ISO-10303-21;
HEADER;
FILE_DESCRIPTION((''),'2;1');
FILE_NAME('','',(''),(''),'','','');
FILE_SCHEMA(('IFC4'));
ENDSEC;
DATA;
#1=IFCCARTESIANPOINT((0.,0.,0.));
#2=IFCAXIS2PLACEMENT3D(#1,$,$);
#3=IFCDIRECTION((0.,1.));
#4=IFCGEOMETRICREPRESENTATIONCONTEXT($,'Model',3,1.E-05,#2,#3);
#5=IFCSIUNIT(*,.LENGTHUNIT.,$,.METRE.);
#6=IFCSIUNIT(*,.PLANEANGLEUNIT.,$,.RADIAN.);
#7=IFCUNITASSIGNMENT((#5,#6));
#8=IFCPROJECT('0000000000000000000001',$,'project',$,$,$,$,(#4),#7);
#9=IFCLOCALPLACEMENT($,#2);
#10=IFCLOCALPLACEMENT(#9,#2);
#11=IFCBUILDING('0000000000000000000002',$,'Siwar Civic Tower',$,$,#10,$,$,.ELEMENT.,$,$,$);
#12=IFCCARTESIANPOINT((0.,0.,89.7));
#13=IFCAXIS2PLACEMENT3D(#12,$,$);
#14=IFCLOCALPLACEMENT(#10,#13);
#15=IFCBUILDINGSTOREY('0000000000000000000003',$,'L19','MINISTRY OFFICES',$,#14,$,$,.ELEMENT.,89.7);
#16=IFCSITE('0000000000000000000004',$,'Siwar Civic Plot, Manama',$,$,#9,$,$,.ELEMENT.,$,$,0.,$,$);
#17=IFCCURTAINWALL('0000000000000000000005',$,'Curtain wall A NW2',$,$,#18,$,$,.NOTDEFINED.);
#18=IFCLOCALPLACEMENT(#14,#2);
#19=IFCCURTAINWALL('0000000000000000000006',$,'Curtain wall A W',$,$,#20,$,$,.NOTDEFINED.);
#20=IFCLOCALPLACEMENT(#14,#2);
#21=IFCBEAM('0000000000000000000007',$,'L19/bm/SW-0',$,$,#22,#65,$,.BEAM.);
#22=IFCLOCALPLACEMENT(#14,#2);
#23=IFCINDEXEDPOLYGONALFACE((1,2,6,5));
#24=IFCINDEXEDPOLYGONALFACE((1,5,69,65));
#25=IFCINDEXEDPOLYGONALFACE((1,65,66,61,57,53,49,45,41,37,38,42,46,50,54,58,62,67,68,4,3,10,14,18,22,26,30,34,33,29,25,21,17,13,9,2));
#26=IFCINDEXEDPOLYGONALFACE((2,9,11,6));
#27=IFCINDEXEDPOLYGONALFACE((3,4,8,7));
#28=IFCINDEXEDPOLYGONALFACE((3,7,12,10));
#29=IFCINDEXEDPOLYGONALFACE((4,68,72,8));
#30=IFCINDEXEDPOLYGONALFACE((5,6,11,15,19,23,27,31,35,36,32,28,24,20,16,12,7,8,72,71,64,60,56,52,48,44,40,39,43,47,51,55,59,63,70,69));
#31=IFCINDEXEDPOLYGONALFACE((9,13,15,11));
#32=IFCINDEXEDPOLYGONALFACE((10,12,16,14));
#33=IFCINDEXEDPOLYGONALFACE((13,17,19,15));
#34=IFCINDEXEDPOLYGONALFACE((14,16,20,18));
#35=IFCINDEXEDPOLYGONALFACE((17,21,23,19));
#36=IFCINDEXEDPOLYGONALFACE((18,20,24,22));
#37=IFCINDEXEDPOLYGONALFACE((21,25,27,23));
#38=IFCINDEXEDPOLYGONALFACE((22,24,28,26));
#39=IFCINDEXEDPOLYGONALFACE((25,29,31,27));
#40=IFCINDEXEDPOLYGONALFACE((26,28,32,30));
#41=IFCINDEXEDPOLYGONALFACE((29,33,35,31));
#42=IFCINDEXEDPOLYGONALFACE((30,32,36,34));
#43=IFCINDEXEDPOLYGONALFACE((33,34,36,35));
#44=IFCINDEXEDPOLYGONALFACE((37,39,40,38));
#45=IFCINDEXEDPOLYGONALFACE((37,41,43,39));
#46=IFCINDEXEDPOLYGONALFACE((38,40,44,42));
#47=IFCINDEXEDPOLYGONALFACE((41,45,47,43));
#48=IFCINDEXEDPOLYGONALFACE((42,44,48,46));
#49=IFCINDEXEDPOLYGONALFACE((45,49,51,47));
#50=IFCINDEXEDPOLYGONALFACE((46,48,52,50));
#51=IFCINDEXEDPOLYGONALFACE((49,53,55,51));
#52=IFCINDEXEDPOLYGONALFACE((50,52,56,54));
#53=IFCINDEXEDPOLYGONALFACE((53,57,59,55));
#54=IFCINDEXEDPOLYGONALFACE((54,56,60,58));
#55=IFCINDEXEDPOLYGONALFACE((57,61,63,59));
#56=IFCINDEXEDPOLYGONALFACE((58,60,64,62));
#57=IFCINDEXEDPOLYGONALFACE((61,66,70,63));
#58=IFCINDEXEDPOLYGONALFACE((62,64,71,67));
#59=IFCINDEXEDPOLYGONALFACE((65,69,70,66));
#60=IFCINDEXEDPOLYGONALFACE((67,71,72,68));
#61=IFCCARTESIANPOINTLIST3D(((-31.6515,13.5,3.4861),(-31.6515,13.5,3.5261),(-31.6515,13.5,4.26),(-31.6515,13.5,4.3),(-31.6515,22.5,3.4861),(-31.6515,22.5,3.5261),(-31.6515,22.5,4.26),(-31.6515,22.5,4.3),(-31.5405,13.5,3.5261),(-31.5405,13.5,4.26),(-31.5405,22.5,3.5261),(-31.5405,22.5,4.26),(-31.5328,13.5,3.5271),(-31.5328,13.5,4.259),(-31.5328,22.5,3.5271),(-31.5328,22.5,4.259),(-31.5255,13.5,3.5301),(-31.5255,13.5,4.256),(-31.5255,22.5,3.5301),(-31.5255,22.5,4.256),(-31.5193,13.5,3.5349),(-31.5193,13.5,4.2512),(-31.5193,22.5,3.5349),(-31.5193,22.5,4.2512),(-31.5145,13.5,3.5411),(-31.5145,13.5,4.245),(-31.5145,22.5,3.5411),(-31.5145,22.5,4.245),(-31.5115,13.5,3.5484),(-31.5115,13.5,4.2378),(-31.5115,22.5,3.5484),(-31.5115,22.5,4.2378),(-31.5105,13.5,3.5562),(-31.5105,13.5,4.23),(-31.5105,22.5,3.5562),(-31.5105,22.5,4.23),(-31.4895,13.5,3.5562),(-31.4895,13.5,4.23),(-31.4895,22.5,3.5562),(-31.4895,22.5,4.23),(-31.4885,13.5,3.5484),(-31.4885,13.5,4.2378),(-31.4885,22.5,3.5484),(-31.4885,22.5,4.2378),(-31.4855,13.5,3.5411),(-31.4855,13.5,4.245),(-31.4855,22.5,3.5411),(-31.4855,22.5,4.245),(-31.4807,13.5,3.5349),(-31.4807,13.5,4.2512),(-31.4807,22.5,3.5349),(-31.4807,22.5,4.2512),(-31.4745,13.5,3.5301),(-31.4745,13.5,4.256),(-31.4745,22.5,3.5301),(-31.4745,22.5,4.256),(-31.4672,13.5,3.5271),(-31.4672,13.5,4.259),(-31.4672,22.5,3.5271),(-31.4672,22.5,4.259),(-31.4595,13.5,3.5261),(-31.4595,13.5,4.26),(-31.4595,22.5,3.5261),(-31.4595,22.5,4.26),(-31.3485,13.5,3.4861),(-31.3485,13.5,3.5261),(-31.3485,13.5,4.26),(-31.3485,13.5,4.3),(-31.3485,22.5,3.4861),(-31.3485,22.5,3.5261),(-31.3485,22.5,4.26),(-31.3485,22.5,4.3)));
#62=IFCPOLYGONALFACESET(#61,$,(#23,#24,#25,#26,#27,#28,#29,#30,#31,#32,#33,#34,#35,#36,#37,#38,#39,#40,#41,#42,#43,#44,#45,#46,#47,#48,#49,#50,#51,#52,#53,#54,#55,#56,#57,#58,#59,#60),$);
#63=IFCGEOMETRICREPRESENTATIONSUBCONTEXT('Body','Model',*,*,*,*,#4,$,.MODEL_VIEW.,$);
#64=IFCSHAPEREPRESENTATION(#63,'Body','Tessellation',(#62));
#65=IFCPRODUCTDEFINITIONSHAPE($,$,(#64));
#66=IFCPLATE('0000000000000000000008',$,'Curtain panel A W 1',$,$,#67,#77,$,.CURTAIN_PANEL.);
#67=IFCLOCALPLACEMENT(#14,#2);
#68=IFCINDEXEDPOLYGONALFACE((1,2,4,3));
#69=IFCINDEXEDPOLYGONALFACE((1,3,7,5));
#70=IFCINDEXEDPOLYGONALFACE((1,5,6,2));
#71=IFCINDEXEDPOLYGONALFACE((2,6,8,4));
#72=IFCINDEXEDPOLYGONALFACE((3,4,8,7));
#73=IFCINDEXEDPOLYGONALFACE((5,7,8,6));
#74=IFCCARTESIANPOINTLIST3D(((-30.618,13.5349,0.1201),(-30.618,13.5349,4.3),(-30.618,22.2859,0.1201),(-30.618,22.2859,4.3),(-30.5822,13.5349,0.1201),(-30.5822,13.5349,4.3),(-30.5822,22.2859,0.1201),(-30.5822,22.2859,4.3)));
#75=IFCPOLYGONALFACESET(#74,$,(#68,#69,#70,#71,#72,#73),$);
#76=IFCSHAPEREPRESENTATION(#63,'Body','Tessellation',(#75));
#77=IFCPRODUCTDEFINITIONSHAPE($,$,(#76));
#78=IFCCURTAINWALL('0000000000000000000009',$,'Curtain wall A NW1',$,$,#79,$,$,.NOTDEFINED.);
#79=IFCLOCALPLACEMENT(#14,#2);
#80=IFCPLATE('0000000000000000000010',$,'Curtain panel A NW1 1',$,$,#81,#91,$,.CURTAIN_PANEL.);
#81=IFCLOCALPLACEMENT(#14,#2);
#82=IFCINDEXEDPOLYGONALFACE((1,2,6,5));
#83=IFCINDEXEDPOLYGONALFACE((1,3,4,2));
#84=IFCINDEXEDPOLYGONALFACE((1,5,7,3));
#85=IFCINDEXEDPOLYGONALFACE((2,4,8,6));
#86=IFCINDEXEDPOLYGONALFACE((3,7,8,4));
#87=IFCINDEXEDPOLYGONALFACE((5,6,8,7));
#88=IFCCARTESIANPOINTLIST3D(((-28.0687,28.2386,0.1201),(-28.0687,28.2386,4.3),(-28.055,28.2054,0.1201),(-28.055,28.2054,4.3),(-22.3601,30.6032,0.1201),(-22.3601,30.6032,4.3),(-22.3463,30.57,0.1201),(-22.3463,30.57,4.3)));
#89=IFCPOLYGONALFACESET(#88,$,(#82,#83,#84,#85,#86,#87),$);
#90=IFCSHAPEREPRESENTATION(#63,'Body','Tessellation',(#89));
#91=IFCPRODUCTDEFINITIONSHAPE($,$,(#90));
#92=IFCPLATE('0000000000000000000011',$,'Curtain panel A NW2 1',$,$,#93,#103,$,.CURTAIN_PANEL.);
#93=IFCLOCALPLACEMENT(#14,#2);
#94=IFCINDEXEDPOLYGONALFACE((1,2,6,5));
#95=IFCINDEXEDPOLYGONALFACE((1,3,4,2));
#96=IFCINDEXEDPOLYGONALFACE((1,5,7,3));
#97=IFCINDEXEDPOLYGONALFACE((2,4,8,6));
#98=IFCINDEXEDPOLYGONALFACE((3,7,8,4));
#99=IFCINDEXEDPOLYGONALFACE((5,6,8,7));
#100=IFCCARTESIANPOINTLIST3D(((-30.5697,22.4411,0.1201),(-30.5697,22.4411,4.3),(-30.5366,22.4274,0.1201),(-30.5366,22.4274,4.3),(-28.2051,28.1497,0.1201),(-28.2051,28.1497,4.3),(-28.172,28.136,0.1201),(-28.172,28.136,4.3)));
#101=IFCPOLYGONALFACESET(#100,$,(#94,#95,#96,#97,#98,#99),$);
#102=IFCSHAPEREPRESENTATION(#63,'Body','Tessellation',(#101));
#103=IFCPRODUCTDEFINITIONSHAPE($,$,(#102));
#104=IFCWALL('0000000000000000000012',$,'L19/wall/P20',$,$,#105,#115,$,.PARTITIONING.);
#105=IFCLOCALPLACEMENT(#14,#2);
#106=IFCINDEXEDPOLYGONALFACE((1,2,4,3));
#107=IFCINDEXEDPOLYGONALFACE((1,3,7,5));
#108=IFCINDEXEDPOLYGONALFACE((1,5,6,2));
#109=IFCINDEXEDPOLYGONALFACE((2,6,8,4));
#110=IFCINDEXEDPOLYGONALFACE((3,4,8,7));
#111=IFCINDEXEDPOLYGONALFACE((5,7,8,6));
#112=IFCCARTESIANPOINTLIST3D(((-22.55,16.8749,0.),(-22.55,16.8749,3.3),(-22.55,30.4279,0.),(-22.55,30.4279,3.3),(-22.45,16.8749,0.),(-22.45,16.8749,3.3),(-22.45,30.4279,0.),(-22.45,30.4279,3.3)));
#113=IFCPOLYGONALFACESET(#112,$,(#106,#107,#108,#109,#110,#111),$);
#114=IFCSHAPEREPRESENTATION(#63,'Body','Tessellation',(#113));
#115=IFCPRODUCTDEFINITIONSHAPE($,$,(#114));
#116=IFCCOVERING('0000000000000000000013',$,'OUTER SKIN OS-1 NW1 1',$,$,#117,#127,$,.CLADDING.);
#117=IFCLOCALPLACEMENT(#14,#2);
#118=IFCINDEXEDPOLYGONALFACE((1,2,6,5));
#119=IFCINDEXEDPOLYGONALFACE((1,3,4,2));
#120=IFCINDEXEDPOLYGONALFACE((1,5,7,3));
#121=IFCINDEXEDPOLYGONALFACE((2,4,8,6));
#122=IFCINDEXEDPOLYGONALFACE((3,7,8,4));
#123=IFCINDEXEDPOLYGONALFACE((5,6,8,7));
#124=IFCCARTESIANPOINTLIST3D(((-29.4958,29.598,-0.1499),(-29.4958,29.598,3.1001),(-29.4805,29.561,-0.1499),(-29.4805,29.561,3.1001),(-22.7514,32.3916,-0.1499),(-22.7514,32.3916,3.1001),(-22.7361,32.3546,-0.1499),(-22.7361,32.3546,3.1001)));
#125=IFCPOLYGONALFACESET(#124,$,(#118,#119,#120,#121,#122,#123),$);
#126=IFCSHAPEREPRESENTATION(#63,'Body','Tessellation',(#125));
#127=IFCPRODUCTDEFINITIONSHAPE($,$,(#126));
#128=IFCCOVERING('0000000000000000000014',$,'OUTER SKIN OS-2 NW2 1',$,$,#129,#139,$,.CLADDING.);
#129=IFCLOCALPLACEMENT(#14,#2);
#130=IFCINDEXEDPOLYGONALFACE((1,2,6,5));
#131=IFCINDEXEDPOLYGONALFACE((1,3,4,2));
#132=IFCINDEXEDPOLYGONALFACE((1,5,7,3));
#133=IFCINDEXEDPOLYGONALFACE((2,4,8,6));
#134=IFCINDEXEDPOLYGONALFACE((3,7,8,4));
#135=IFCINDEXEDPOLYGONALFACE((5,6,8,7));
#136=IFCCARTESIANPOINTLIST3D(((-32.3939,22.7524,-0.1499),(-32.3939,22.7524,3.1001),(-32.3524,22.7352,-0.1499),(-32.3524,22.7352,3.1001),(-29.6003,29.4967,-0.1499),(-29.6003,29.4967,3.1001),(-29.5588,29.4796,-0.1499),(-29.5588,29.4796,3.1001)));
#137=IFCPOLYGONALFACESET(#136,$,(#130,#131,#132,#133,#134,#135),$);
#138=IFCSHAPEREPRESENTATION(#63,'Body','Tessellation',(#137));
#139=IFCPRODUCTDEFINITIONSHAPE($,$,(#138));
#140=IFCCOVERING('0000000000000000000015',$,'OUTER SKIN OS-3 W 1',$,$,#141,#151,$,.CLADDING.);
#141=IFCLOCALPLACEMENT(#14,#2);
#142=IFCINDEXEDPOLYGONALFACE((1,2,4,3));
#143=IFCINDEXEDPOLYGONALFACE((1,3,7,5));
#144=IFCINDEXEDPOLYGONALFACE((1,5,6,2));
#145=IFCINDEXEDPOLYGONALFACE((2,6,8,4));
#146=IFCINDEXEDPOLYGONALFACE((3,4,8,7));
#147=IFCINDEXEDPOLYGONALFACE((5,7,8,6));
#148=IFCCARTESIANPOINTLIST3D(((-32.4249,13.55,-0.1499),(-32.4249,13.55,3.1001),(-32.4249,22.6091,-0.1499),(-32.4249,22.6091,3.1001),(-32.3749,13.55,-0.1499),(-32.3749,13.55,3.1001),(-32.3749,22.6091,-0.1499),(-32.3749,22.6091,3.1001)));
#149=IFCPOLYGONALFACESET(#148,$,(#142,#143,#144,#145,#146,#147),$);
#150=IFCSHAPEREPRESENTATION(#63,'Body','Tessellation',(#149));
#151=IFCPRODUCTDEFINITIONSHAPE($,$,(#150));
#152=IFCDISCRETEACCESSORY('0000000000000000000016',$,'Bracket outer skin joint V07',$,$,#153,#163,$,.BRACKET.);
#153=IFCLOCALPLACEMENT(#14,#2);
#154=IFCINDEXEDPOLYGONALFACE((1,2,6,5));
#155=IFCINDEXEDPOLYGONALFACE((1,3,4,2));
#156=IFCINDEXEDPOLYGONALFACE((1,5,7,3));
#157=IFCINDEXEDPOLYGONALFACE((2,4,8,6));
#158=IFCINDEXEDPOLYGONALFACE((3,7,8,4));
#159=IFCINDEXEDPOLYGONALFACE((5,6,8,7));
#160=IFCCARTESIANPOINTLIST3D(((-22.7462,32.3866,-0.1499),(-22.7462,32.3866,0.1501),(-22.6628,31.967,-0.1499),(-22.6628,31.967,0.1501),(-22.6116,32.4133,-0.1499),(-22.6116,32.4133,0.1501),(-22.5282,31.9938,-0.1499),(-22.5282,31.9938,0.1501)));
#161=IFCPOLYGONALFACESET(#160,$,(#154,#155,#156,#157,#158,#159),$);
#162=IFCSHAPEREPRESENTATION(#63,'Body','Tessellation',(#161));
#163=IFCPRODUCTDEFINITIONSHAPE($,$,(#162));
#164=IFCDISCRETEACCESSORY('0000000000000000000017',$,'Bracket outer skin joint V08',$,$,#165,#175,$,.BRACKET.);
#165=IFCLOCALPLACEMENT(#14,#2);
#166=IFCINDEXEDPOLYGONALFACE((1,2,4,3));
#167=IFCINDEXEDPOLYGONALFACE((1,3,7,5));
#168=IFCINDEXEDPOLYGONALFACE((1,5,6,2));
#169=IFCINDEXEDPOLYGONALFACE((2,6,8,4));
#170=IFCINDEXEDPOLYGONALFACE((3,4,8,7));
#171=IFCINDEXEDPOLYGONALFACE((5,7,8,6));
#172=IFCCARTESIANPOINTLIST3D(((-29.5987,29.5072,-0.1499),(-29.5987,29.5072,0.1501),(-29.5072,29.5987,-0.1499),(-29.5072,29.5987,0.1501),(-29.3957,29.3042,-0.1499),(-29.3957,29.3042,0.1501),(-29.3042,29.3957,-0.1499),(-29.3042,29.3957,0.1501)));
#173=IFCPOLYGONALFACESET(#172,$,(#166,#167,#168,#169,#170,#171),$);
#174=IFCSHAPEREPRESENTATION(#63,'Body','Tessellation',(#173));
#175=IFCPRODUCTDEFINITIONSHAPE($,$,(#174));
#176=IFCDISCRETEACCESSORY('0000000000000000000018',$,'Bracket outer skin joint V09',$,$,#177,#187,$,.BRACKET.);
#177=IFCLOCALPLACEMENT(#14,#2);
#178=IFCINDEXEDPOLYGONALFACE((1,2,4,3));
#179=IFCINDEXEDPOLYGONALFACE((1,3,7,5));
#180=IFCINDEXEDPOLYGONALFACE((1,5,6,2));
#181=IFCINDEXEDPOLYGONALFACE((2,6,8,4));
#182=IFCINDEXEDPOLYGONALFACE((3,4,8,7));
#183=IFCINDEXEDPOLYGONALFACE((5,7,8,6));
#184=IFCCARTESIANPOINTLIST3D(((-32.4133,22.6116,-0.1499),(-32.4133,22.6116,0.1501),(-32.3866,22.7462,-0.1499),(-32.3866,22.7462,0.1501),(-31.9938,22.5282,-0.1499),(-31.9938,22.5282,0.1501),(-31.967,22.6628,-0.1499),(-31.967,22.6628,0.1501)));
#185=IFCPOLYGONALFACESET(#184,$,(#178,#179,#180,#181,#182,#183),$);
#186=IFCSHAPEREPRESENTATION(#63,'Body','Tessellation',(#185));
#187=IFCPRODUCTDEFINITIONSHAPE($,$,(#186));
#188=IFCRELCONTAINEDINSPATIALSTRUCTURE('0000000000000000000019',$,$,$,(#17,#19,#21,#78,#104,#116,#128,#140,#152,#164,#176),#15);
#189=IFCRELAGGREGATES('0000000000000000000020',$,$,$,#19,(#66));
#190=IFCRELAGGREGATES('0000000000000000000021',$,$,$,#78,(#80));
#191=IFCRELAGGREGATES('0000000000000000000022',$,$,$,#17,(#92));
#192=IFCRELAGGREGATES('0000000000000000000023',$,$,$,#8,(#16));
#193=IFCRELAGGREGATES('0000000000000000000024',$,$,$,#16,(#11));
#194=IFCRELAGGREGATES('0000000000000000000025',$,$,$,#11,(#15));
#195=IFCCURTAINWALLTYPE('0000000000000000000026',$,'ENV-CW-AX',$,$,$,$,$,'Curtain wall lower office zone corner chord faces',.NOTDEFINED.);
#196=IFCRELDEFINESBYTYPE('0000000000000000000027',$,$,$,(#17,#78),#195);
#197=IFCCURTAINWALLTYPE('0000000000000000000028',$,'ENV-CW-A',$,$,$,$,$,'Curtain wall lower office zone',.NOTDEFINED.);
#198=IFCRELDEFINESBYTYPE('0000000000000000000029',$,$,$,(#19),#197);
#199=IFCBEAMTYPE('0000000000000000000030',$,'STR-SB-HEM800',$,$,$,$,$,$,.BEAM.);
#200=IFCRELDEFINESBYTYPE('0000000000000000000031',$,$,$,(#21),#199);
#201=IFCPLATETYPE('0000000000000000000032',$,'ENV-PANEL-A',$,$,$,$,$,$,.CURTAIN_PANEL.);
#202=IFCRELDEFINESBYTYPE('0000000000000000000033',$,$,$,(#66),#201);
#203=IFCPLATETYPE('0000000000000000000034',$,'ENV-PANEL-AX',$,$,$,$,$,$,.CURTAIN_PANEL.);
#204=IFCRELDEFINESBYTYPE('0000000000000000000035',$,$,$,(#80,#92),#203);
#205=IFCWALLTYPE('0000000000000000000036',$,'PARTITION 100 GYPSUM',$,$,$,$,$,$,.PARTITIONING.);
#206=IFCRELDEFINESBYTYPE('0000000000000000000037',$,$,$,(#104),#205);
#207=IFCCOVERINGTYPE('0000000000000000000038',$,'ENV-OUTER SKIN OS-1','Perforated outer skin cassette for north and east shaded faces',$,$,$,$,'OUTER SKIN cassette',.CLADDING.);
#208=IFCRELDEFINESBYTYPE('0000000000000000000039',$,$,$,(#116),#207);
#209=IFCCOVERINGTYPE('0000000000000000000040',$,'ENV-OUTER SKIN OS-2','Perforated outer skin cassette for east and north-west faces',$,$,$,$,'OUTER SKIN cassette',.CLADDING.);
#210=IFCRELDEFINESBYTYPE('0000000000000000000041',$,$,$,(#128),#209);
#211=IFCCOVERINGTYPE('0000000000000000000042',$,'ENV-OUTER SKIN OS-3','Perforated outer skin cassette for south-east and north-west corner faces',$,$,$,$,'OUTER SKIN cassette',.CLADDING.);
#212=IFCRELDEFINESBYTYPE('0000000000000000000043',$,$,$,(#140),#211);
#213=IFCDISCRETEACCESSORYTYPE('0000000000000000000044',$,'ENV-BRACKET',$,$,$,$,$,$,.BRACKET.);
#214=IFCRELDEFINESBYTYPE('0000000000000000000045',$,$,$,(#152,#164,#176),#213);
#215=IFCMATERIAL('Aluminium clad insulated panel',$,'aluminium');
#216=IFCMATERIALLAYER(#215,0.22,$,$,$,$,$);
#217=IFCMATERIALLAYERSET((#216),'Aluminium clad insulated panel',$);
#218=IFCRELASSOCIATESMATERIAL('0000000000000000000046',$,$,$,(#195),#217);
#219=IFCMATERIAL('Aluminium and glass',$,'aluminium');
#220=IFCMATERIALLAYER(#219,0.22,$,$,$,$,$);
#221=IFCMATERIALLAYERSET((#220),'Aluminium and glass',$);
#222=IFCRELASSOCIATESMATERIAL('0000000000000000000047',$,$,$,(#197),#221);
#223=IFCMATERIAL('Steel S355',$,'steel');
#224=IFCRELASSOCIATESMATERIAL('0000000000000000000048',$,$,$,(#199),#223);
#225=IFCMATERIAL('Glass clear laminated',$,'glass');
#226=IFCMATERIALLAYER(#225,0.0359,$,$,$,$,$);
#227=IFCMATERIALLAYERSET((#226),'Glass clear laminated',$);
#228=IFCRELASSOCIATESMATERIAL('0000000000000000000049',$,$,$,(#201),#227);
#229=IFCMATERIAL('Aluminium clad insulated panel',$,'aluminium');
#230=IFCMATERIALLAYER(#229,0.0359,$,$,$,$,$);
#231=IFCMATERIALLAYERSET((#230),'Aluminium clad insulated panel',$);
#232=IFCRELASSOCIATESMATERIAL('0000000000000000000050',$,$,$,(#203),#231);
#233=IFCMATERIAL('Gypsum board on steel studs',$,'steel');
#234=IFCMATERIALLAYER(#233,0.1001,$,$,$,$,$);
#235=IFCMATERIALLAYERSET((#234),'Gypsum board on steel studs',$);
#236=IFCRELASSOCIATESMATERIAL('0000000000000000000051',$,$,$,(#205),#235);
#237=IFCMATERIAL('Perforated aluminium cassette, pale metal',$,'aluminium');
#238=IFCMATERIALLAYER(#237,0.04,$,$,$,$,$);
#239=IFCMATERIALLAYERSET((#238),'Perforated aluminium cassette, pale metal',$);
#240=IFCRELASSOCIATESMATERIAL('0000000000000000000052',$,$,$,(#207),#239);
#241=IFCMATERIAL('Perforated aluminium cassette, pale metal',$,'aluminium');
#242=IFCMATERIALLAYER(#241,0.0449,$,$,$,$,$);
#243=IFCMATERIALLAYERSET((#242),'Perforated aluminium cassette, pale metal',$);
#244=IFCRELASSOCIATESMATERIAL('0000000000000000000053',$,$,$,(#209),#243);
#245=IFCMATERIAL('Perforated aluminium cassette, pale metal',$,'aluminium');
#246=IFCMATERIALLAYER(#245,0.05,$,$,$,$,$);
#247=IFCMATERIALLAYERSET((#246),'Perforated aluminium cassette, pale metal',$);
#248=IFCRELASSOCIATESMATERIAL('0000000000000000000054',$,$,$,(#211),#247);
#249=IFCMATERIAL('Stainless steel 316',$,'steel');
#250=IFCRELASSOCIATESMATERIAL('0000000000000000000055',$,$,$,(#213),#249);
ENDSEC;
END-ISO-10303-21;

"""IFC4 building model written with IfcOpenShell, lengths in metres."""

from ifc_helpers import new_model, si_unit, direction, frame, frame_2d, origin, origin_2d, place, context, subcontext, project, spatial, rectangle, i_section, extrude, material, layer, layer_set, material_profile, profile_set, type_object, element, aggregate, save


model = new_model("IFC4")

# Units and contexts
model_context = context("Model", 3, precision=1e-05, world=origin(), true_north=direction((0.0, 1.0)))
body_context = subcontext(model_context, "Body", "Model", "MODEL_VIEW")
ifc_project = project(units=[si_unit("LENGTHUNIT", "METRE"), si_unit("PLANEANGLEUNIT", "RADIAN")], contexts=[model_context])

# Site, building, storey
site_placement = place(None, origin())
site = spatial("IfcSite", under=ifc_project, at=site_placement, Name="Siwar Civic Plot, Manama", CompositionType="ELEMENT", RefElevation=0.0)
building_placement = place(site_placement, origin())
building = spatial("IfcBuilding", under=site, at=building_placement, Name="Siwar Civic Tower", CompositionType="ELEMENT")
storey_placement = place(building_placement, frame((0.0, 0.0, 89.7)))
storey = spatial("IfcBuildingStorey", under=building, at=storey_placement, Name="L19", Description="MINISTRY OFFICES", CompositionType="ELEMENT", Elevation=89.7)

# Curtain walls
ifc_material_1 = material(Name="Aluminium clad insulated panel", Category="aluminium")
ifc_layer_1 = layer(ifc_material_1, 0.22)
ifc_layer_set_1 = layer_set([ifc_layer_1], Name="Aluminium clad insulated panel")
curtain_wall_type_1 = type_object("IfcCurtainWallType", Name="ENV-CW-AX", ElementType="Curtain wall lower office zone corner chord faces", PredefinedType="NOTDEFINED", material=ifc_layer_set_1)
curtain_wall_1_placement = place(storey_placement, origin())
curtain_wall_1 = element("IfcCurtainWall", 1, at=curtain_wall_1_placement, inside=storey, type_object=curtain_wall_type_1, Name="Curtain wall A NW2", PredefinedType="NOTDEFINED")
ifc_material_2 = material(Name="Aluminium and glass", Category="aluminium")
ifc_layer_2 = layer(ifc_material_2, 0.22)
ifc_layer_set_2 = layer_set([ifc_layer_2], Name="Aluminium and glass")
curtain_wall_type_2 = type_object("IfcCurtainWallType", Name="ENV-CW-A", ElementType="Curtain wall lower office zone", PredefinedType="NOTDEFINED", material=ifc_layer_set_2)
curtain_wall_2_placement = place(storey_placement, origin())
curtain_wall_2 = element("IfcCurtainWall", 2, at=curtain_wall_2_placement, inside=storey, type_object=curtain_wall_type_2, Name="Curtain wall A W", PredefinedType="NOTDEFINED")

# Beam
ifc_material_3 = material(Name="Steel S355", Category="steel")
ifc_material_profile_1 = material_profile(ifc_material_3, i_section(OverallWidth=0.303, OverallDepth=0.814, WebThickness=0.021, FlangeThickness=0.04, FilletRadius=0.03, at=origin_2d()), Name="HEM800")
ifc_profile_set_1 = profile_set([ifc_material_profile_1], Name="Steel S355")
beam_type_1 = type_object("IfcBeamType", Name="STR-SB-HEM800", PredefinedType="BEAM", material=ifc_profile_set_1)
beam_1_placement = place(storey_placement, frame((-31.5, 22.5, 3.8931), z_axis=(0.0, -1.0, 0.0), x_axis=(1.0, 0.0, 0.0)))
element("IfcBeam", 3, at=beam_1_placement, inside=storey, type_object=beam_type_1, Name="L19/bm/SW-0", PredefinedType="BEAM", context=body_context, shape_type="SweptSolid", body=[
    extrude(i_section(OverallWidth=0.303, OverallDepth=0.814, WebThickness=0.021, FlangeThickness=0.04, FilletRadius=0.03, at=origin_2d()), origin(), (0.0, 0.0, 1.0), 9.0),
])

# Plate
ifc_material_4 = material(Name="Glass clear laminated", Category="glass")
ifc_layer_3 = layer(ifc_material_4, 0.0359)
ifc_layer_set_3 = layer_set([ifc_layer_3], Name="Glass clear laminated")
plate_type_1 = type_object("IfcPlateType", Name="ENV-PANEL-A", PredefinedType="CURTAIN_PANEL", material=ifc_layer_set_3)
plate_1_placement = place(storey_placement, frame((-30.6001, 17.9104, 0.1201), z_axis=(0.0, 0.0, 1.0), x_axis=(0.0, -1.0, 0.0)))
plate_1 = element("IfcPlate", 4, at=plate_1_placement, type_object=plate_type_1, Name="Curtain panel A W 1", PredefinedType="CURTAIN_PANEL", context=body_context, shape_type="SweptSolid", body=[
    extrude(rectangle(XDim=8.751, YDim=0.0359, at=origin_2d()), origin(), (0.0, 0.0, 1.0), 4.1799),
])
aggregate(curtain_wall_2, [plate_1])

# Curtain wall, plate
curtain_wall_3_placement = place(storey_placement, origin())
curtain_wall_3 = element("IfcCurtainWall", 5, at=curtain_wall_3_placement, inside=storey, type_object=curtain_wall_type_1, Name="Curtain wall A NW1", PredefinedType="NOTDEFINED")
ifc_material_5 = material(Name="Aluminium clad insulated panel", Category="aluminium")
ifc_layer_4 = layer(ifc_material_5, 0.0359)
ifc_layer_set_4 = layer_set([ifc_layer_4], Name="Aluminium clad insulated panel")
plate_type_2 = type_object("IfcPlateType", Name="ENV-PANEL-AX", PredefinedType="CURTAIN_PANEL", material=ifc_layer_set_4)
plate_2_placement = place(storey_placement, frame((-25.2075, 29.4043, 0.1201), z_axis=(0.0, 0.0, 1.0), x_axis=(-0.92388, -0.382683, 0.0)))
plate_2 = element("IfcPlate", 6, at=plate_2_placement, type_object=plate_type_2, Name="Curtain panel A NW1 1", PredefinedType="CURTAIN_PANEL", context=body_context, shape_type="SweptSolid", body=[
    extrude(rectangle(XDim=6.179, YDim=0.0359, at=origin_2d()), origin(), (0.0, 0.0, 1.0), 4.1799),
])
aggregate(curtain_wall_3, [plate_2])

# Plate
plate_3_placement = place(storey_placement, frame((-29.3708, 25.2886, 0.1201), z_axis=(0.0, 0.0, 1.0), x_axis=(-0.382683, -0.92388, 0.0)))
plate_3 = element("IfcPlate", 7, at=plate_3_placement, type_object=plate_type_2, Name="Curtain panel A NW2 1", PredefinedType="CURTAIN_PANEL", context=body_context, shape_type="SweptSolid", body=[
    extrude(rectangle(XDim=6.179, YDim=0.0359, at=origin_2d()), origin(), (0.0, 0.0, 1.0), 4.1799),
])
aggregate(curtain_wall_1, [plate_3])

# Wall
ifc_material_6 = material(Name="Gypsum board on steel studs", Category="steel")
ifc_layer_5 = layer(ifc_material_6, 0.1001)
ifc_layer_set_5 = layer_set([ifc_layer_5], Name="Gypsum board on steel studs")
wall_type = type_object("IfcWallType", Name="PARTITION 100 GYPSUM", PredefinedType="PARTITIONING", material=ifc_layer_set_5)
wall_placement = place(storey_placement, frame((-22.5, 16.875, 0.0), z_axis=(0.0, 0.0, 1.0), x_axis=(0.0, 1.0, 0.0)))
element("IfcWall", 8, at=wall_placement, inside=storey, type_object=wall_type, Name="L19/wall/P20", PredefinedType="PARTITIONING", context=body_context, shape_type="SweptSolid", body=[
    extrude(rectangle(XDim=13.553, YDim=0.1001, at=frame_2d((6.7764, 0.0))), origin(), (0.0, 0.0, 1.0), 3.3),
])

# Coverings
ifc_material_7 = material(Name="Perforated aluminium cassette, pale metal", Category="aluminium")
ifc_layer_6 = layer(ifc_material_7, 0.04)
ifc_layer_set_6 = layer_set([ifc_layer_6], Name="Perforated aluminium cassette, pale metal")
covering_type_1 = type_object("IfcCoveringType", Name="ENV-OUTER SKIN OS-1", Description="Perforated outer skin cassette for north and east shaded faces", ElementType="OUTER SKIN cassette", PredefinedType="CLADDING", material=ifc_layer_set_6)
covering_1_placement = place(storey_placement, frame((-26.116, 30.9763, -0.1499), z_axis=(0.0, 0.0, 1.0), x_axis=(-0.92388, -0.382683, 0.0)))
element("IfcCovering", 9, at=covering_1_placement, inside=storey, type_object=covering_type_1, Name="OUTER SKIN OS-1 NW1 1", PredefinedType="CLADDING", context=body_context, shape_type="SweptSolid", body=[
    extrude(rectangle(XDim=7.3, YDim=0.04, at=origin_2d()), origin(), (0.0, 0.0, 1.0), 3.25),
])
ifc_material_8 = material(Name="Perforated aluminium cassette, pale metal", Category="aluminium")
ifc_layer_7 = layer(ifc_material_8, 0.0449)
ifc_layer_set_7 = layer_set([ifc_layer_7], Name="Perforated aluminium cassette, pale metal")
covering_type_2 = type_object("IfcCoveringType", Name="ENV-OUTER SKIN OS-2", Description="Perforated outer skin cassette for east and north-west faces", ElementType="OUTER SKIN cassette", PredefinedType="CLADDING", material=ifc_layer_set_7)
covering_2_placement = place(storey_placement, frame((-30.9763, 26.116, -0.1499), z_axis=(0.0, 0.0, 1.0), x_axis=(-0.382683, -0.92388, 0.0)))
element("IfcCovering", 10, at=covering_2_placement, inside=storey, type_object=covering_type_2, Name="OUTER SKIN OS-2 NW2 1", PredefinedType="CLADDING", context=body_context, shape_type="SweptSolid", body=[
    extrude(rectangle(XDim=7.3, YDim=0.0449, at=origin_2d()), origin(), (0.0, 0.0, 1.0), 3.25),
])
ifc_material_9 = material(Name="Perforated aluminium cassette, pale metal", Category="aluminium")
ifc_layer_8 = layer(ifc_material_9, 0.05)
ifc_layer_set_8 = layer_set([ifc_layer_8], Name="Perforated aluminium cassette, pale metal")
covering_type_3 = type_object("IfcCoveringType", Name="ENV-OUTER SKIN OS-3", Description="Perforated outer skin cassette for south-east and north-west corner faces", ElementType="OUTER SKIN cassette", PredefinedType="CLADDING", material=ifc_layer_set_8)
covering_3_placement = place(storey_placement, frame((-32.3999, 18.0796, -0.1499), z_axis=(0.0, 0.0, 1.0), x_axis=(0.0, -1.0, 0.0)))
element("IfcCovering", 11, at=covering_3_placement, inside=storey, type_object=covering_type_3, Name="OUTER SKIN OS-3 W 1", PredefinedType="CLADDING", context=body_context, shape_type="SweptSolid", body=[
    extrude(rectangle(XDim=9.0591, YDim=0.05, at=origin_2d()), origin(), (0.0, 0.0, 1.0), 3.25),
])

# Discrete accessories
ifc_material_10 = material(Name="Stainless steel 316", Category="steel")
discrete_accessory_type = type_object("IfcDiscreteAccessoryType", Name="ENV-BRACKET", PredefinedType="BRACKET", material=ifc_material_10)
discrete_accessory_1_placement = place(storey_placement, frame((-22.6372, 32.1902, -0.1499), z_axis=(0.0, 0.0, 1.0), x_axis=(-0.19509, 0.980785, 0.0)))
element("IfcDiscreteAccessory", 12, at=discrete_accessory_1_placement, inside=storey, type_object=discrete_accessory_type, Name="Bracket outer skin joint V07", PredefinedType="BRACKET", context=body_context, shape_type="SweptSolid", body=[
    extrude(rectangle(XDim=0.4277, YDim=0.1372, at=origin_2d()), origin(), (0.0, 0.0, 1.0), 0.3),
])
discrete_accessory_2_placement = place(storey_placement, frame((-29.4514, 29.4514, -0.1499), z_axis=(0.0, 0.0, 1.0), x_axis=(-0.707107, 0.707107, 0.0)))
element("IfcDiscreteAccessory", 13, at=discrete_accessory_2_placement, inside=storey, type_object=discrete_accessory_type, Name="Bracket outer skin joint V08", PredefinedType="BRACKET", context=body_context, shape_type="SweptSolid", body=[
    extrude(rectangle(XDim=0.2871, YDim=0.1294, at=origin_2d()), origin(), (0.0, 0.0, 1.0), 0.3),
])
discrete_accessory_3_placement = place(storey_placement, frame((-32.1902, 22.6372, -0.1499), z_axis=(0.0, 0.0, 1.0), x_axis=(-0.980785, 0.19509, 0.0)))
element("IfcDiscreteAccessory", 14, at=discrete_accessory_3_placement, inside=storey, type_object=discrete_accessory_type, Name="Bracket outer skin joint V09", PredefinedType="BRACKET", context=body_context, shape_type="SweptSolid", body=[
    extrude(rectangle(XDim=0.4277, YDim=0.1372, at=origin_2d()), origin(), (0.0, 0.0, 1.0), 0.3),
])

save(model, "model.ifc")
